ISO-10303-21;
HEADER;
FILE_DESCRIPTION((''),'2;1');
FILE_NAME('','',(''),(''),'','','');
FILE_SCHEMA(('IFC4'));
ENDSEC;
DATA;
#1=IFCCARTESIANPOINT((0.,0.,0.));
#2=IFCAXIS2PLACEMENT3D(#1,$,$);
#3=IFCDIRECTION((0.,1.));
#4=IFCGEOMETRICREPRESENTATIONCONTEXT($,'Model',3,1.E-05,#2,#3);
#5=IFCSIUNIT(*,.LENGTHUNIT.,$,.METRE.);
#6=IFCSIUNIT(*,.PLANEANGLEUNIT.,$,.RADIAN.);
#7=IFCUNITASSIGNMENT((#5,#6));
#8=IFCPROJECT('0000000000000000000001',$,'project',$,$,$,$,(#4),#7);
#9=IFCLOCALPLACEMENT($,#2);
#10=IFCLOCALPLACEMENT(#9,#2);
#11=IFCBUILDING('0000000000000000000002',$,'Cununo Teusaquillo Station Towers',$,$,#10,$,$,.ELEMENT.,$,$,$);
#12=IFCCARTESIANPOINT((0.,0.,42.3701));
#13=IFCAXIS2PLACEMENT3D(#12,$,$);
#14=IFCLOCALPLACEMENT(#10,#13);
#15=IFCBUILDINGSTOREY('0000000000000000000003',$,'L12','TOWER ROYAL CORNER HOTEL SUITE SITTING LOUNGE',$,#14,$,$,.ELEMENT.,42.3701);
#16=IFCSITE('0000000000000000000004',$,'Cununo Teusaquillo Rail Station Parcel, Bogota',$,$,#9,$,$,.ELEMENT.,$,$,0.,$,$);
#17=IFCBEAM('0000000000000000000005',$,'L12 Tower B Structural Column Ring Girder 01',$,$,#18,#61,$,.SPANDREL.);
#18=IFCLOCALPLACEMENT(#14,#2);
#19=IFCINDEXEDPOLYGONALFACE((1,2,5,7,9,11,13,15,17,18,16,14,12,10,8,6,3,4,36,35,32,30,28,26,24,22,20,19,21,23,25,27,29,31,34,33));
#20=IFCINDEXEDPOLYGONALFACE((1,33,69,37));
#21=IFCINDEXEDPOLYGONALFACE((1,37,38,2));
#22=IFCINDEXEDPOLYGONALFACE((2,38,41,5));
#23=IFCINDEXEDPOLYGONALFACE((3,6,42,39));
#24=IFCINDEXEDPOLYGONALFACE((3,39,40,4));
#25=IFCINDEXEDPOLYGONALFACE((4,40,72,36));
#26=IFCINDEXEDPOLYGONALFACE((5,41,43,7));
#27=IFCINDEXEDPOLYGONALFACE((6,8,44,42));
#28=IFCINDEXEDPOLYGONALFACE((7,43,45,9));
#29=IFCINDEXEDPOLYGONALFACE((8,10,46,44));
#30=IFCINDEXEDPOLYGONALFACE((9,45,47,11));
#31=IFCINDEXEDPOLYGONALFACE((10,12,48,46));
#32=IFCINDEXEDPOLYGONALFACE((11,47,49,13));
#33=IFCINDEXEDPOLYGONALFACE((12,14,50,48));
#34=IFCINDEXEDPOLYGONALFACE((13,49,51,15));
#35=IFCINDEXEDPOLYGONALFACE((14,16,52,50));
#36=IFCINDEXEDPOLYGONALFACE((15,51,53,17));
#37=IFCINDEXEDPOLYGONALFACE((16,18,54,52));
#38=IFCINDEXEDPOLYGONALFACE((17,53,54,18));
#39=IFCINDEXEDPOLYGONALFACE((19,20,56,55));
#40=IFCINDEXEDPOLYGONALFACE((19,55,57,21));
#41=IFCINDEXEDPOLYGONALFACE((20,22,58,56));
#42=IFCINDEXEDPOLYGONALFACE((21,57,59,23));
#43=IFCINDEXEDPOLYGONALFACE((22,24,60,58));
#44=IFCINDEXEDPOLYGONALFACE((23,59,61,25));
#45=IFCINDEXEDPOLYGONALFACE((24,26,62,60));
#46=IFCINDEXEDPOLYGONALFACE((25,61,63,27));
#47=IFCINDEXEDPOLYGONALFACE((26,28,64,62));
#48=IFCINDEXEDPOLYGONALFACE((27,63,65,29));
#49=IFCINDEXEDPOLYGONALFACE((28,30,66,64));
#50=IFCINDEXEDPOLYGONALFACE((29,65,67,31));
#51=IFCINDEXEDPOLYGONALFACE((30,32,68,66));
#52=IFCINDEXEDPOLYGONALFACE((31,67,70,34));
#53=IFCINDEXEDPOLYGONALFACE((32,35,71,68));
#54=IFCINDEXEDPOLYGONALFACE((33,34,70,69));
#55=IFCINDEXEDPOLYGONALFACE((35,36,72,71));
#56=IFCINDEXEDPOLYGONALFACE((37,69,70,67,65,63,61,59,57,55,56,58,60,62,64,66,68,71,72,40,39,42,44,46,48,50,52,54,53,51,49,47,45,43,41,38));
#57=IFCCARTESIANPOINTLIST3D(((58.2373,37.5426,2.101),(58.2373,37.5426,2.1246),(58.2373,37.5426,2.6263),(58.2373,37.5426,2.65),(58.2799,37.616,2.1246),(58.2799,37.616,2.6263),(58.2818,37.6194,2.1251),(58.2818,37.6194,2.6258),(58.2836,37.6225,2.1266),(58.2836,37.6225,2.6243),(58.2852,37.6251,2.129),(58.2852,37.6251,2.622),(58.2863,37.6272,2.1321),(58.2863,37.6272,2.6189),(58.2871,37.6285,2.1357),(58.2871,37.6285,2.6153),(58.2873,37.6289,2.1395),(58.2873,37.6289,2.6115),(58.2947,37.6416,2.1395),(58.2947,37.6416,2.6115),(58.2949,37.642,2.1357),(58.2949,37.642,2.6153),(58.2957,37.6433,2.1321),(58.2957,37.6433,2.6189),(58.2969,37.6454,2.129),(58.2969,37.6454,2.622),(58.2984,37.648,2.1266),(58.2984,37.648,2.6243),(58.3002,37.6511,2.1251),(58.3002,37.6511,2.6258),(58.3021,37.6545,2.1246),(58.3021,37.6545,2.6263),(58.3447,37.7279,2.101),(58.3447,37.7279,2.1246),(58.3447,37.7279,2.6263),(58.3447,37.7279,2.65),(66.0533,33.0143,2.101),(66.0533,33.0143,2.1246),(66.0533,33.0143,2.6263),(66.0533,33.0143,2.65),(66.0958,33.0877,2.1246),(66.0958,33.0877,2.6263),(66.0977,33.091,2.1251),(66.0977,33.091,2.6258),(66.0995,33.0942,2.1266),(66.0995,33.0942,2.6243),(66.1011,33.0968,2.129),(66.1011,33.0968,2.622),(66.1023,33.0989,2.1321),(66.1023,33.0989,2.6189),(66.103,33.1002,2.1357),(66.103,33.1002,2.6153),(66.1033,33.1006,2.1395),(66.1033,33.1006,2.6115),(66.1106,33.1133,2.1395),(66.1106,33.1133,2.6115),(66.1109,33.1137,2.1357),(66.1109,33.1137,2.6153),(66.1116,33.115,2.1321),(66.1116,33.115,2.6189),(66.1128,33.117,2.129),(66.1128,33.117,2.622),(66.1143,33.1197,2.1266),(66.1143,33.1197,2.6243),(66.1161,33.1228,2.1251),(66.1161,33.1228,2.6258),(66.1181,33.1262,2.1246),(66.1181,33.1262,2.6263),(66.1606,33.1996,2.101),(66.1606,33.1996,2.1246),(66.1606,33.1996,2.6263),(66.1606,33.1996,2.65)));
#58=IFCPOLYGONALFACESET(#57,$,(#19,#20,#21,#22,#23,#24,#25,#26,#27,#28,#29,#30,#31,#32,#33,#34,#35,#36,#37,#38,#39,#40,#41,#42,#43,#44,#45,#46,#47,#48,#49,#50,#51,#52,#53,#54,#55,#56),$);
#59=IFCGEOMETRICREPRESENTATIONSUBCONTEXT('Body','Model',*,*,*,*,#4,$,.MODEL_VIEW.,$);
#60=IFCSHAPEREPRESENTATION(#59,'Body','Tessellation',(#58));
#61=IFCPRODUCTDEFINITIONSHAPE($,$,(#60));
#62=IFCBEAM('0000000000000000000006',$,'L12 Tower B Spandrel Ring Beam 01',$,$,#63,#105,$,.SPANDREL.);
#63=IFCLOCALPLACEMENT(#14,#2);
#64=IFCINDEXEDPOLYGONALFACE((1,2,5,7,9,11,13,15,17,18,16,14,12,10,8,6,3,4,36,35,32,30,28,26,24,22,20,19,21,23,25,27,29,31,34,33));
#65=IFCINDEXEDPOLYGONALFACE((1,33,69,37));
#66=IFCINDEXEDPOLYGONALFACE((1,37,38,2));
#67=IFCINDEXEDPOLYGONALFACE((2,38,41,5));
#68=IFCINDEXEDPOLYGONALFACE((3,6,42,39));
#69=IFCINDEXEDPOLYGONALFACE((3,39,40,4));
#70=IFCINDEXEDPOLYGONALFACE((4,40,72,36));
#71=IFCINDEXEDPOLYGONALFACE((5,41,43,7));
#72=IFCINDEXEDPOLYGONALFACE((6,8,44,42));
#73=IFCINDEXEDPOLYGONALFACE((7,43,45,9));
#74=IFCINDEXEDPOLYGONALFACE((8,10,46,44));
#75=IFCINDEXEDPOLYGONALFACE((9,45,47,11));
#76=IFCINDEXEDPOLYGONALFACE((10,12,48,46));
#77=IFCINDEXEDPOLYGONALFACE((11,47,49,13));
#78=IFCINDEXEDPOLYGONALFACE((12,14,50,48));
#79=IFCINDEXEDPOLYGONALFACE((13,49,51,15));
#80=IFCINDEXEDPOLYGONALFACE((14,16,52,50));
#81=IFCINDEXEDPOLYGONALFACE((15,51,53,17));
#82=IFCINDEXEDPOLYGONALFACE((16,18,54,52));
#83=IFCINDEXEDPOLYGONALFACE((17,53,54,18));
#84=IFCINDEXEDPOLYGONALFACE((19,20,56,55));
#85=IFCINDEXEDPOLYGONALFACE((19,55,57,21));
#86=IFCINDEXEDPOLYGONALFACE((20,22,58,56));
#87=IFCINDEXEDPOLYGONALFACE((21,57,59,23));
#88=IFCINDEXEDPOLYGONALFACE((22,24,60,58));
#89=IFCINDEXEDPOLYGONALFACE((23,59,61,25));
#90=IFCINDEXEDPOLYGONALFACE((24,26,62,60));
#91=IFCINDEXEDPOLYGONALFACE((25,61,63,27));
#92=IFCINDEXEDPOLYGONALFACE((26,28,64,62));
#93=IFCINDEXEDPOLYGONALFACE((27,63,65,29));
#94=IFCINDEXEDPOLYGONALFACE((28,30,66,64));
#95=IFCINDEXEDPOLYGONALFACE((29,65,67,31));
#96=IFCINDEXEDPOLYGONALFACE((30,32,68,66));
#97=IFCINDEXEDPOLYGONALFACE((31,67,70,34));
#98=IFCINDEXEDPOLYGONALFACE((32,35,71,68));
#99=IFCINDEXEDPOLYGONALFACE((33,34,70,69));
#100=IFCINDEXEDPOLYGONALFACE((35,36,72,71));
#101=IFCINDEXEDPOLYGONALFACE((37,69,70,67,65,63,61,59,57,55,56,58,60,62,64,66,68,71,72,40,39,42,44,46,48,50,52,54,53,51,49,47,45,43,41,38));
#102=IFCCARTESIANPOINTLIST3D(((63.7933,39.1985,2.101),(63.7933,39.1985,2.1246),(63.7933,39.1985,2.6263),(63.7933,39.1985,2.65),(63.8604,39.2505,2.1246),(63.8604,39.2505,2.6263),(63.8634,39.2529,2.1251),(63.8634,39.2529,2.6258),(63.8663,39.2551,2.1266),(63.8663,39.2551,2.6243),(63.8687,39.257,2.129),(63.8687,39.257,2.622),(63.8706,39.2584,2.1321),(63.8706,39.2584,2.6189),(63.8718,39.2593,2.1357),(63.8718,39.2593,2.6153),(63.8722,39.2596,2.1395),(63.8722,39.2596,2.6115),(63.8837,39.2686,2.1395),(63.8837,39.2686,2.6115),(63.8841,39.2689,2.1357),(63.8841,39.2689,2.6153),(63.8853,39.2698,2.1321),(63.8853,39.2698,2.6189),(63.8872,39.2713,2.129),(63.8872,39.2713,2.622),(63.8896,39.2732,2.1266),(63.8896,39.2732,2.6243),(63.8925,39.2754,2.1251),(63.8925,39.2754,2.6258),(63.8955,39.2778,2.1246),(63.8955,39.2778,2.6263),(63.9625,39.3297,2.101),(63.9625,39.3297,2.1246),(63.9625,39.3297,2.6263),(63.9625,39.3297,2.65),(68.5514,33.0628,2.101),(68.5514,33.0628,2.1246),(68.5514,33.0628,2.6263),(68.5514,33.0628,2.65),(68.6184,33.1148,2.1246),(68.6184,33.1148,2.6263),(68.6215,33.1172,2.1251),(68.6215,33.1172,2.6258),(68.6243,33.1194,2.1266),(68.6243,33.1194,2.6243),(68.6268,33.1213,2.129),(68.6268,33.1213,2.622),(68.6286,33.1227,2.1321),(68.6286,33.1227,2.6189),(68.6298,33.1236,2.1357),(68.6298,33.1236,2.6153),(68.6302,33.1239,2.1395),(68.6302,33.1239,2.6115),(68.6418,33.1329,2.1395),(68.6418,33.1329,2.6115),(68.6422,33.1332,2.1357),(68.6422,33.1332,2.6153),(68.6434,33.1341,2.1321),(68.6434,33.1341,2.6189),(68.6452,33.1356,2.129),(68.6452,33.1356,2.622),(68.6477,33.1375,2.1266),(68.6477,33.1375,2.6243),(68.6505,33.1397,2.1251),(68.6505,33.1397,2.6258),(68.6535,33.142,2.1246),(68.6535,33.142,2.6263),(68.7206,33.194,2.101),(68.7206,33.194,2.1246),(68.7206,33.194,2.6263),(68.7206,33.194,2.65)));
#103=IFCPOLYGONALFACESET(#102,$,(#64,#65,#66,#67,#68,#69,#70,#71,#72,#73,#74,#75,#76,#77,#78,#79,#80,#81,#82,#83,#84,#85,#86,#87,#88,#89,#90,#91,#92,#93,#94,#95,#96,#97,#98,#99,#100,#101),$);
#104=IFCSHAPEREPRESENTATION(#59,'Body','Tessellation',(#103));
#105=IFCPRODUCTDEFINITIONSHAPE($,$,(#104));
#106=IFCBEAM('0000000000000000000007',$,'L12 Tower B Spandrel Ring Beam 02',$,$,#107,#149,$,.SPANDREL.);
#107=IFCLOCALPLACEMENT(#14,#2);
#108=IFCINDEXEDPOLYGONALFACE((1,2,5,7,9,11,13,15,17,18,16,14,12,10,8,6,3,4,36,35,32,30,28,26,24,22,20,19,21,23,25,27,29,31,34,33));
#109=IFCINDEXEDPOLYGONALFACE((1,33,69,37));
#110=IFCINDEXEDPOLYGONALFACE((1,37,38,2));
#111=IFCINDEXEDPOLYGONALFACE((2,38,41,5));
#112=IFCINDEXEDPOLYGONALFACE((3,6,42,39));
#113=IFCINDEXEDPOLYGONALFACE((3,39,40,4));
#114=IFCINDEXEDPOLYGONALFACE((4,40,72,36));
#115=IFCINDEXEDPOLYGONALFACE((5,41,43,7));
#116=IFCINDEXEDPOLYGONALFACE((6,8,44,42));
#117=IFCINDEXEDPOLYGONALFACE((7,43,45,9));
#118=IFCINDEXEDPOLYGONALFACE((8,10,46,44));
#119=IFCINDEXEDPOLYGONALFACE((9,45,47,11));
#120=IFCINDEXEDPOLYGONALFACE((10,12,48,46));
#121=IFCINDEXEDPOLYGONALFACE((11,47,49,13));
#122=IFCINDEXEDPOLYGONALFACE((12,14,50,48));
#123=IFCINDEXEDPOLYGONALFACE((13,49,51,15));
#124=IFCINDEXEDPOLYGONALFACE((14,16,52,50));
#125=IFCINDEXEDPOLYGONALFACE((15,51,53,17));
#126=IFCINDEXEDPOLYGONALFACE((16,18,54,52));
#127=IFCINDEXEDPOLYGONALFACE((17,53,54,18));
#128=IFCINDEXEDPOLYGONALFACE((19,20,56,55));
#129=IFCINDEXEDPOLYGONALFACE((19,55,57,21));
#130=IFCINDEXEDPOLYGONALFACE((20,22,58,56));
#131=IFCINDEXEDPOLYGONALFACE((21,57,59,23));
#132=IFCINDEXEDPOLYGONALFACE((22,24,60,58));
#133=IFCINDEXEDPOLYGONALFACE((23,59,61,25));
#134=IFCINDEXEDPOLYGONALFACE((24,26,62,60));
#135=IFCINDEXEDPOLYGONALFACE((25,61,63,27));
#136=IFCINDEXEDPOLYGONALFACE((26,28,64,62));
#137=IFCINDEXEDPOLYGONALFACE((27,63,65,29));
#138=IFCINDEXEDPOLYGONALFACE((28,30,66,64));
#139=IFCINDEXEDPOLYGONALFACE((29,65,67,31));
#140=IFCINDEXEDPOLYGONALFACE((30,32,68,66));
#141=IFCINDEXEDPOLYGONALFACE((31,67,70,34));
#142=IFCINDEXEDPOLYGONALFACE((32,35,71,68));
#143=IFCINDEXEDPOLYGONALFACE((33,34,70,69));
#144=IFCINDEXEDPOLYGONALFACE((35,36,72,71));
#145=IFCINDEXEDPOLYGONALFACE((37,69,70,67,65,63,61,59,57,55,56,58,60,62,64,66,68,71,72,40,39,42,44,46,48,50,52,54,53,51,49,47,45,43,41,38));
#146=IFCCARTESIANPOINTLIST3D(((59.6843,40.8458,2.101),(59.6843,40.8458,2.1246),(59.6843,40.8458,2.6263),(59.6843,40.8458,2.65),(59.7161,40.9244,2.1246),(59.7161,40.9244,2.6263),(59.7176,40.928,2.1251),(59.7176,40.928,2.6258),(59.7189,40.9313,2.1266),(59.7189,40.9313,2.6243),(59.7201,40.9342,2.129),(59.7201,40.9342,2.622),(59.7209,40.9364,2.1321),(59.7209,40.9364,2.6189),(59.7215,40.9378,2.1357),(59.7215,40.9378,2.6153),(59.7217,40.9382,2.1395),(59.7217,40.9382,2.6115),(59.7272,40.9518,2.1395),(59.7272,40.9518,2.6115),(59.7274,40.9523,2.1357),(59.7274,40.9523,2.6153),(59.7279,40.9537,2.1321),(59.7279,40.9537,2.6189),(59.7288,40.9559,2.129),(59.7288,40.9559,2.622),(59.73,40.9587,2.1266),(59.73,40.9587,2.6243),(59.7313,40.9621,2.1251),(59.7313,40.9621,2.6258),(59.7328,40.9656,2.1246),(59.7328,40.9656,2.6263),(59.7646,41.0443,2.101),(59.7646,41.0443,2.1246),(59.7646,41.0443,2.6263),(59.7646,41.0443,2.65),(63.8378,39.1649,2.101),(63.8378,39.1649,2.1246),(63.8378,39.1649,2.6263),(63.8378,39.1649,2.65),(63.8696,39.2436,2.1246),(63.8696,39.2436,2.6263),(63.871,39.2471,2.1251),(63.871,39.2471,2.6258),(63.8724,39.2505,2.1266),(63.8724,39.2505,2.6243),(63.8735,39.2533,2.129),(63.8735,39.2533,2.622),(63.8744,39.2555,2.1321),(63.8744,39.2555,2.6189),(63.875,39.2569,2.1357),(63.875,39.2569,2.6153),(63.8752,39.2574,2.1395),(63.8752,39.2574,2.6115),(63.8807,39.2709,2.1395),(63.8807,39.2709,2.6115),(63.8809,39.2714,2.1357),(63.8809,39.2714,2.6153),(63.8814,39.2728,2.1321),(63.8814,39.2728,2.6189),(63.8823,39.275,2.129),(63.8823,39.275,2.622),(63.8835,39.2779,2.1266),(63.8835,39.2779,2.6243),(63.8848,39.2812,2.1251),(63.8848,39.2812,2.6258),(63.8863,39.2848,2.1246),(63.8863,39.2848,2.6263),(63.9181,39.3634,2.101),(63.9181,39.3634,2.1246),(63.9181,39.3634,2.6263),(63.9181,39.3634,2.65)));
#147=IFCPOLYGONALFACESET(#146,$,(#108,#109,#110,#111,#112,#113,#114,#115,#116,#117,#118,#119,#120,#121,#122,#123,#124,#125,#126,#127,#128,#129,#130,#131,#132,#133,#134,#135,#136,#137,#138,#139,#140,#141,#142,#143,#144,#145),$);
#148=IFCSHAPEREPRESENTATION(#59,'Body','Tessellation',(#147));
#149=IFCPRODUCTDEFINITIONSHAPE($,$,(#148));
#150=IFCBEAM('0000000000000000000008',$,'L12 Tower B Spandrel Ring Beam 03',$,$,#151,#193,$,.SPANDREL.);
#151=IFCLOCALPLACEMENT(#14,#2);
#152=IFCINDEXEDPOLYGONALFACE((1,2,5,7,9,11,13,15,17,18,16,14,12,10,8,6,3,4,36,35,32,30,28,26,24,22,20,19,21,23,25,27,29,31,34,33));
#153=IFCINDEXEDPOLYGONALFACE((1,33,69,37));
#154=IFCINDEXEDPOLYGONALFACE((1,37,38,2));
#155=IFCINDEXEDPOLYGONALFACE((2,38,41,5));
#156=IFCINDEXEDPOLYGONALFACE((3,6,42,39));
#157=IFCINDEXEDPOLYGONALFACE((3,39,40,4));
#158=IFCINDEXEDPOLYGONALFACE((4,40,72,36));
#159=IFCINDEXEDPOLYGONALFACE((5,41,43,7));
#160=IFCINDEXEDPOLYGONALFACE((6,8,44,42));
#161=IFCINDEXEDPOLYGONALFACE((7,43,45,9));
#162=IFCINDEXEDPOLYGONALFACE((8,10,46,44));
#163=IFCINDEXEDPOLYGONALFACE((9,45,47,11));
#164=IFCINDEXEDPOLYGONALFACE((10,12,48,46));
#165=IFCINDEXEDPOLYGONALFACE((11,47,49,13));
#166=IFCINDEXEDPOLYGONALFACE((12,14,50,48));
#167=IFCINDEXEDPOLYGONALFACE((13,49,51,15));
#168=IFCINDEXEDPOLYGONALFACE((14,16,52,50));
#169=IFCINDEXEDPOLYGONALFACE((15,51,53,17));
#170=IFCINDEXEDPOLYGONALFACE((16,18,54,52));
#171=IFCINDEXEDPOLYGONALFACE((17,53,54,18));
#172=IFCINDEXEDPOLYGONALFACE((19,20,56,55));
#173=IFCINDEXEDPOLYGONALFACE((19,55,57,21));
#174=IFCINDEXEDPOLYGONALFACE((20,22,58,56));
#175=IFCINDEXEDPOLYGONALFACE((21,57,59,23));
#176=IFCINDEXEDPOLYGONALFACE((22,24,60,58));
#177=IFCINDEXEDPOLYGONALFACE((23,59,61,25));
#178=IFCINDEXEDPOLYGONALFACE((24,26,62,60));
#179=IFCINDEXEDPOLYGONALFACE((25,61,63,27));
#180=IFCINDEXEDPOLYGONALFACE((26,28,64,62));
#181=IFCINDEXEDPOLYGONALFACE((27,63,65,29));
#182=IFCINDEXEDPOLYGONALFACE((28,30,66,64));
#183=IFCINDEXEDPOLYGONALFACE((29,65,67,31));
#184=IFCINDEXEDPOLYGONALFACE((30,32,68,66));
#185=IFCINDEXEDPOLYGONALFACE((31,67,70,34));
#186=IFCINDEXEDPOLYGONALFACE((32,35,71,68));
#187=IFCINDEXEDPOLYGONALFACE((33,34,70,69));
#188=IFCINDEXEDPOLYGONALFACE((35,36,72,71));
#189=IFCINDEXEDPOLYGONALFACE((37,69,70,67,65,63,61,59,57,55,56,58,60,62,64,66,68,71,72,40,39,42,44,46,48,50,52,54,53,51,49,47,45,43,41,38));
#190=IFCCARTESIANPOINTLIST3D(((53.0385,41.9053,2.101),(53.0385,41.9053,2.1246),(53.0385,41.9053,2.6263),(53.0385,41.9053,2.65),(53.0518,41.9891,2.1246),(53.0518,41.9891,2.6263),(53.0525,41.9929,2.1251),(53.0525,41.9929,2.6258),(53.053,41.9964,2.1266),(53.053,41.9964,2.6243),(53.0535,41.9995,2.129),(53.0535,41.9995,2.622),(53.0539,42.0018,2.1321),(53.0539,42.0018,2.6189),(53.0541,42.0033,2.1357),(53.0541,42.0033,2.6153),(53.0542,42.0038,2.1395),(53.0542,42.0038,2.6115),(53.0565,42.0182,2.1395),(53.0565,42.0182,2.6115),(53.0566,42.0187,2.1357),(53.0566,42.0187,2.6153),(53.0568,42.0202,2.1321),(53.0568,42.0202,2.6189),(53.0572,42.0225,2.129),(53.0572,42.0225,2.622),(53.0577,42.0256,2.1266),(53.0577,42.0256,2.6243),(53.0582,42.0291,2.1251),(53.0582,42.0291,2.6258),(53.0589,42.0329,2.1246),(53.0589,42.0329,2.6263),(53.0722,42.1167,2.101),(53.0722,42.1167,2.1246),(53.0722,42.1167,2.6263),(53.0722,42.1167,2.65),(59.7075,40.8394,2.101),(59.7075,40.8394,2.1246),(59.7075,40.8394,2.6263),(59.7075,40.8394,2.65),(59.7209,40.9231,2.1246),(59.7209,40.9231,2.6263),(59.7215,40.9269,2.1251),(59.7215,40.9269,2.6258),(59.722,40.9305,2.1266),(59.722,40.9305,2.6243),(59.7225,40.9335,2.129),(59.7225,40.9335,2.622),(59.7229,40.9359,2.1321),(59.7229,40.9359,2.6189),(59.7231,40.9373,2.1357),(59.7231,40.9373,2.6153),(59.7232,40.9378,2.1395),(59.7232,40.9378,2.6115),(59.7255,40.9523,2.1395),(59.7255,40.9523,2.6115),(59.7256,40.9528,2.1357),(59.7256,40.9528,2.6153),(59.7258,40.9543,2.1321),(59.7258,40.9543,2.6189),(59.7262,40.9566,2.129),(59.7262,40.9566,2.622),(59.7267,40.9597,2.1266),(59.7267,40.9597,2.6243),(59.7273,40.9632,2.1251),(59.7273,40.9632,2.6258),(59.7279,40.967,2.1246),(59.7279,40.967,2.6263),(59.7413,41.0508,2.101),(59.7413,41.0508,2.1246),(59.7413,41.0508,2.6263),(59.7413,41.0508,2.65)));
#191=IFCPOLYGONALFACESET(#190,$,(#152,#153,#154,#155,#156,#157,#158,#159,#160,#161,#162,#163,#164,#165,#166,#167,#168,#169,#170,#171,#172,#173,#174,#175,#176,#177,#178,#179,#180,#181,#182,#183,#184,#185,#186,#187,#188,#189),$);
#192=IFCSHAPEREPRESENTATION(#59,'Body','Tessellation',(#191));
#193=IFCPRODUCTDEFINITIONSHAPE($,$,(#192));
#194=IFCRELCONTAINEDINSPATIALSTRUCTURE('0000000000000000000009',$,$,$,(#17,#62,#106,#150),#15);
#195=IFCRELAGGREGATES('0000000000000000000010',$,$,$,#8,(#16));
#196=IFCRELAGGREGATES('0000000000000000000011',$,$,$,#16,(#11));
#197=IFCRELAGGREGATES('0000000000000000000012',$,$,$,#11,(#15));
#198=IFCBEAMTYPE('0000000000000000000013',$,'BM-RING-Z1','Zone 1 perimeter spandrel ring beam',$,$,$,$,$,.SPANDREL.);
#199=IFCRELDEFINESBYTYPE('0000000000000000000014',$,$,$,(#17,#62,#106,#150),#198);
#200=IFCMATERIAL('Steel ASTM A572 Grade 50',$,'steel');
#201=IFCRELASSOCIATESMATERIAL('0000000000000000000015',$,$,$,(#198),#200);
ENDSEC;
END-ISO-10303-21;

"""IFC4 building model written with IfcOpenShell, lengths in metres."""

from ifc_helpers import new_model, si_unit, direction, frame, origin, origin_2d, place, context, subcontext, project, spatial, i_section, extrude, material, material_profile, profile_set, type_object, element, save


model = new_model("IFC4")

# Units and contexts
model_context = context("Model", 3, precision=1e-05, world=origin(), true_north=direction((0.0, 1.0)))
body_context = subcontext(model_context, "Body", "Model", "MODEL_VIEW")
ifc_project = project(units=[si_unit("LENGTHUNIT", "METRE"), si_unit("PLANEANGLEUNIT", "RADIAN")], contexts=[model_context])

# Site, building, storey
site_placement = place(None, origin())
site = spatial("IfcSite", under=ifc_project, at=site_placement, Name="Cununo Teusaquillo Rail Station Parcel, Bogota", CompositionType="ELEMENT", RefElevation=0.0)
building_placement = place(site_placement, origin())
building = spatial("IfcBuilding", under=site, at=building_placement, Name="Cununo Teusaquillo Station Towers", CompositionType="ELEMENT")
storey_placement = place(building_placement, frame((0.0, 0.0, 42.3701)))
storey = spatial("IfcBuildingStorey", under=building, at=storey_placement, Name="L12", Description="TOWER ROYAL CORNER HOTEL SUITE SITTING LOUNGE", CompositionType="ELEMENT", Elevation=42.3701)

# Beams
ifc_material_1 = material(Name="Steel ASTM A572 Grade 50", Category="steel")
ifc_material_profile_1 = material_profile(ifc_material_1, i_section(OverallWidth=0.2141, OverallDepth=0.5491, WebThickness=0.0146, FlangeThickness=0.0237, FilletRadius=0.0149, at=origin_2d()), Name="W21X93")
ifc_profile_set_1 = profile_set([ifc_material_profile_1], Name="Steel ASTM A572 Grade 50")
beam_type = type_object("IfcBeamType", Name="BM-RING-Z1", Description="Zone 1 perimeter spandrel ring beam", PredefinedType="SPANDREL", material=ifc_profile_set_1)
beam_1_placement = place(storey_placement, frame((66.1069, 33.1069, 2.3755), z_axis=(-0.865267, 0.501311, 0.0), x_axis=(-0.501311, -0.865267, 0.0)))
element("IfcBeam", 1, at=beam_1_placement, inside=storey, type_object=beam_type, Name="L12 Tower B Structural Column Ring Girder 01", PredefinedType="SPANDREL", context=body_context, shape_type="SweptSolid", body=[
    extrude(i_section(OverallWidth=0.2141, OverallDepth=0.5491, WebThickness=0.0146, FlangeThickness=0.0237, FilletRadius=0.0149, at=origin_2d()), origin(), (0.0, 0.0, 1.0), 9.033),
])
beam_2_placement = place(storey_placement, frame((68.636, 33.1284, 2.3755), z_axis=(-0.612801, 0.790237, 0.0), x_axis=(-0.790237, -0.612801, 0.0)))
element("IfcBeam", 2, at=beam_2_placement, inside=storey, type_object=beam_type, Name="L12 Tower B Spandrel Ring Beam 01", PredefinedType="SPANDREL", context=body_context, shape_type="SweptSolid", body=[
    extrude(i_section(OverallWidth=0.2141, OverallDepth=0.5491, WebThickness=0.0146, FlangeThickness=0.0237, FilletRadius=0.0149, at=origin_2d()), origin(), (0.0, 0.0, 1.0), 7.7644),
])
beam_3_placement = place(storey_placement, frame((63.8779, 39.2642, 2.3755), z_axis=(-0.92697, 0.375136, 0.0), x_axis=(-0.375136, -0.92697, 0.0)))
element("IfcBeam", 3, at=beam_3_placement, inside=storey, type_object=beam_type, Name="L12 Tower B Spandrel Ring Beam 02", PredefinedType="SPANDREL", context=body_context, shape_type="SweptSolid", body=[
    extrude(i_section(OverallWidth=0.2141, OverallDepth=0.5491, WebThickness=0.0146, FlangeThickness=0.0237, FilletRadius=0.0149, at=origin_2d()), origin(), (0.0, 0.0, 1.0), 4.4807),
])
beam_4_placement = place(storey_placement, frame((59.7244, 40.9451, 2.3755), z_axis=(-0.987466, 0.15783, 0.0), x_axis=(-0.15783, -0.987466, 0.0)))
element("IfcBeam", 4, at=beam_4_placement, inside=storey, type_object=beam_type, Name="L12 Tower B Spandrel Ring Beam 03", PredefinedType="SPANDREL", context=body_context, shape_type="SweptSolid", body=[
    extrude(i_section(OverallWidth=0.2141, OverallDepth=0.5491, WebThickness=0.0146, FlangeThickness=0.0237, FilletRadius=0.0149, at=origin_2d()), origin(), (0.0, 0.0, 1.0), 6.7537),
])

save(model, "model.ifc")
